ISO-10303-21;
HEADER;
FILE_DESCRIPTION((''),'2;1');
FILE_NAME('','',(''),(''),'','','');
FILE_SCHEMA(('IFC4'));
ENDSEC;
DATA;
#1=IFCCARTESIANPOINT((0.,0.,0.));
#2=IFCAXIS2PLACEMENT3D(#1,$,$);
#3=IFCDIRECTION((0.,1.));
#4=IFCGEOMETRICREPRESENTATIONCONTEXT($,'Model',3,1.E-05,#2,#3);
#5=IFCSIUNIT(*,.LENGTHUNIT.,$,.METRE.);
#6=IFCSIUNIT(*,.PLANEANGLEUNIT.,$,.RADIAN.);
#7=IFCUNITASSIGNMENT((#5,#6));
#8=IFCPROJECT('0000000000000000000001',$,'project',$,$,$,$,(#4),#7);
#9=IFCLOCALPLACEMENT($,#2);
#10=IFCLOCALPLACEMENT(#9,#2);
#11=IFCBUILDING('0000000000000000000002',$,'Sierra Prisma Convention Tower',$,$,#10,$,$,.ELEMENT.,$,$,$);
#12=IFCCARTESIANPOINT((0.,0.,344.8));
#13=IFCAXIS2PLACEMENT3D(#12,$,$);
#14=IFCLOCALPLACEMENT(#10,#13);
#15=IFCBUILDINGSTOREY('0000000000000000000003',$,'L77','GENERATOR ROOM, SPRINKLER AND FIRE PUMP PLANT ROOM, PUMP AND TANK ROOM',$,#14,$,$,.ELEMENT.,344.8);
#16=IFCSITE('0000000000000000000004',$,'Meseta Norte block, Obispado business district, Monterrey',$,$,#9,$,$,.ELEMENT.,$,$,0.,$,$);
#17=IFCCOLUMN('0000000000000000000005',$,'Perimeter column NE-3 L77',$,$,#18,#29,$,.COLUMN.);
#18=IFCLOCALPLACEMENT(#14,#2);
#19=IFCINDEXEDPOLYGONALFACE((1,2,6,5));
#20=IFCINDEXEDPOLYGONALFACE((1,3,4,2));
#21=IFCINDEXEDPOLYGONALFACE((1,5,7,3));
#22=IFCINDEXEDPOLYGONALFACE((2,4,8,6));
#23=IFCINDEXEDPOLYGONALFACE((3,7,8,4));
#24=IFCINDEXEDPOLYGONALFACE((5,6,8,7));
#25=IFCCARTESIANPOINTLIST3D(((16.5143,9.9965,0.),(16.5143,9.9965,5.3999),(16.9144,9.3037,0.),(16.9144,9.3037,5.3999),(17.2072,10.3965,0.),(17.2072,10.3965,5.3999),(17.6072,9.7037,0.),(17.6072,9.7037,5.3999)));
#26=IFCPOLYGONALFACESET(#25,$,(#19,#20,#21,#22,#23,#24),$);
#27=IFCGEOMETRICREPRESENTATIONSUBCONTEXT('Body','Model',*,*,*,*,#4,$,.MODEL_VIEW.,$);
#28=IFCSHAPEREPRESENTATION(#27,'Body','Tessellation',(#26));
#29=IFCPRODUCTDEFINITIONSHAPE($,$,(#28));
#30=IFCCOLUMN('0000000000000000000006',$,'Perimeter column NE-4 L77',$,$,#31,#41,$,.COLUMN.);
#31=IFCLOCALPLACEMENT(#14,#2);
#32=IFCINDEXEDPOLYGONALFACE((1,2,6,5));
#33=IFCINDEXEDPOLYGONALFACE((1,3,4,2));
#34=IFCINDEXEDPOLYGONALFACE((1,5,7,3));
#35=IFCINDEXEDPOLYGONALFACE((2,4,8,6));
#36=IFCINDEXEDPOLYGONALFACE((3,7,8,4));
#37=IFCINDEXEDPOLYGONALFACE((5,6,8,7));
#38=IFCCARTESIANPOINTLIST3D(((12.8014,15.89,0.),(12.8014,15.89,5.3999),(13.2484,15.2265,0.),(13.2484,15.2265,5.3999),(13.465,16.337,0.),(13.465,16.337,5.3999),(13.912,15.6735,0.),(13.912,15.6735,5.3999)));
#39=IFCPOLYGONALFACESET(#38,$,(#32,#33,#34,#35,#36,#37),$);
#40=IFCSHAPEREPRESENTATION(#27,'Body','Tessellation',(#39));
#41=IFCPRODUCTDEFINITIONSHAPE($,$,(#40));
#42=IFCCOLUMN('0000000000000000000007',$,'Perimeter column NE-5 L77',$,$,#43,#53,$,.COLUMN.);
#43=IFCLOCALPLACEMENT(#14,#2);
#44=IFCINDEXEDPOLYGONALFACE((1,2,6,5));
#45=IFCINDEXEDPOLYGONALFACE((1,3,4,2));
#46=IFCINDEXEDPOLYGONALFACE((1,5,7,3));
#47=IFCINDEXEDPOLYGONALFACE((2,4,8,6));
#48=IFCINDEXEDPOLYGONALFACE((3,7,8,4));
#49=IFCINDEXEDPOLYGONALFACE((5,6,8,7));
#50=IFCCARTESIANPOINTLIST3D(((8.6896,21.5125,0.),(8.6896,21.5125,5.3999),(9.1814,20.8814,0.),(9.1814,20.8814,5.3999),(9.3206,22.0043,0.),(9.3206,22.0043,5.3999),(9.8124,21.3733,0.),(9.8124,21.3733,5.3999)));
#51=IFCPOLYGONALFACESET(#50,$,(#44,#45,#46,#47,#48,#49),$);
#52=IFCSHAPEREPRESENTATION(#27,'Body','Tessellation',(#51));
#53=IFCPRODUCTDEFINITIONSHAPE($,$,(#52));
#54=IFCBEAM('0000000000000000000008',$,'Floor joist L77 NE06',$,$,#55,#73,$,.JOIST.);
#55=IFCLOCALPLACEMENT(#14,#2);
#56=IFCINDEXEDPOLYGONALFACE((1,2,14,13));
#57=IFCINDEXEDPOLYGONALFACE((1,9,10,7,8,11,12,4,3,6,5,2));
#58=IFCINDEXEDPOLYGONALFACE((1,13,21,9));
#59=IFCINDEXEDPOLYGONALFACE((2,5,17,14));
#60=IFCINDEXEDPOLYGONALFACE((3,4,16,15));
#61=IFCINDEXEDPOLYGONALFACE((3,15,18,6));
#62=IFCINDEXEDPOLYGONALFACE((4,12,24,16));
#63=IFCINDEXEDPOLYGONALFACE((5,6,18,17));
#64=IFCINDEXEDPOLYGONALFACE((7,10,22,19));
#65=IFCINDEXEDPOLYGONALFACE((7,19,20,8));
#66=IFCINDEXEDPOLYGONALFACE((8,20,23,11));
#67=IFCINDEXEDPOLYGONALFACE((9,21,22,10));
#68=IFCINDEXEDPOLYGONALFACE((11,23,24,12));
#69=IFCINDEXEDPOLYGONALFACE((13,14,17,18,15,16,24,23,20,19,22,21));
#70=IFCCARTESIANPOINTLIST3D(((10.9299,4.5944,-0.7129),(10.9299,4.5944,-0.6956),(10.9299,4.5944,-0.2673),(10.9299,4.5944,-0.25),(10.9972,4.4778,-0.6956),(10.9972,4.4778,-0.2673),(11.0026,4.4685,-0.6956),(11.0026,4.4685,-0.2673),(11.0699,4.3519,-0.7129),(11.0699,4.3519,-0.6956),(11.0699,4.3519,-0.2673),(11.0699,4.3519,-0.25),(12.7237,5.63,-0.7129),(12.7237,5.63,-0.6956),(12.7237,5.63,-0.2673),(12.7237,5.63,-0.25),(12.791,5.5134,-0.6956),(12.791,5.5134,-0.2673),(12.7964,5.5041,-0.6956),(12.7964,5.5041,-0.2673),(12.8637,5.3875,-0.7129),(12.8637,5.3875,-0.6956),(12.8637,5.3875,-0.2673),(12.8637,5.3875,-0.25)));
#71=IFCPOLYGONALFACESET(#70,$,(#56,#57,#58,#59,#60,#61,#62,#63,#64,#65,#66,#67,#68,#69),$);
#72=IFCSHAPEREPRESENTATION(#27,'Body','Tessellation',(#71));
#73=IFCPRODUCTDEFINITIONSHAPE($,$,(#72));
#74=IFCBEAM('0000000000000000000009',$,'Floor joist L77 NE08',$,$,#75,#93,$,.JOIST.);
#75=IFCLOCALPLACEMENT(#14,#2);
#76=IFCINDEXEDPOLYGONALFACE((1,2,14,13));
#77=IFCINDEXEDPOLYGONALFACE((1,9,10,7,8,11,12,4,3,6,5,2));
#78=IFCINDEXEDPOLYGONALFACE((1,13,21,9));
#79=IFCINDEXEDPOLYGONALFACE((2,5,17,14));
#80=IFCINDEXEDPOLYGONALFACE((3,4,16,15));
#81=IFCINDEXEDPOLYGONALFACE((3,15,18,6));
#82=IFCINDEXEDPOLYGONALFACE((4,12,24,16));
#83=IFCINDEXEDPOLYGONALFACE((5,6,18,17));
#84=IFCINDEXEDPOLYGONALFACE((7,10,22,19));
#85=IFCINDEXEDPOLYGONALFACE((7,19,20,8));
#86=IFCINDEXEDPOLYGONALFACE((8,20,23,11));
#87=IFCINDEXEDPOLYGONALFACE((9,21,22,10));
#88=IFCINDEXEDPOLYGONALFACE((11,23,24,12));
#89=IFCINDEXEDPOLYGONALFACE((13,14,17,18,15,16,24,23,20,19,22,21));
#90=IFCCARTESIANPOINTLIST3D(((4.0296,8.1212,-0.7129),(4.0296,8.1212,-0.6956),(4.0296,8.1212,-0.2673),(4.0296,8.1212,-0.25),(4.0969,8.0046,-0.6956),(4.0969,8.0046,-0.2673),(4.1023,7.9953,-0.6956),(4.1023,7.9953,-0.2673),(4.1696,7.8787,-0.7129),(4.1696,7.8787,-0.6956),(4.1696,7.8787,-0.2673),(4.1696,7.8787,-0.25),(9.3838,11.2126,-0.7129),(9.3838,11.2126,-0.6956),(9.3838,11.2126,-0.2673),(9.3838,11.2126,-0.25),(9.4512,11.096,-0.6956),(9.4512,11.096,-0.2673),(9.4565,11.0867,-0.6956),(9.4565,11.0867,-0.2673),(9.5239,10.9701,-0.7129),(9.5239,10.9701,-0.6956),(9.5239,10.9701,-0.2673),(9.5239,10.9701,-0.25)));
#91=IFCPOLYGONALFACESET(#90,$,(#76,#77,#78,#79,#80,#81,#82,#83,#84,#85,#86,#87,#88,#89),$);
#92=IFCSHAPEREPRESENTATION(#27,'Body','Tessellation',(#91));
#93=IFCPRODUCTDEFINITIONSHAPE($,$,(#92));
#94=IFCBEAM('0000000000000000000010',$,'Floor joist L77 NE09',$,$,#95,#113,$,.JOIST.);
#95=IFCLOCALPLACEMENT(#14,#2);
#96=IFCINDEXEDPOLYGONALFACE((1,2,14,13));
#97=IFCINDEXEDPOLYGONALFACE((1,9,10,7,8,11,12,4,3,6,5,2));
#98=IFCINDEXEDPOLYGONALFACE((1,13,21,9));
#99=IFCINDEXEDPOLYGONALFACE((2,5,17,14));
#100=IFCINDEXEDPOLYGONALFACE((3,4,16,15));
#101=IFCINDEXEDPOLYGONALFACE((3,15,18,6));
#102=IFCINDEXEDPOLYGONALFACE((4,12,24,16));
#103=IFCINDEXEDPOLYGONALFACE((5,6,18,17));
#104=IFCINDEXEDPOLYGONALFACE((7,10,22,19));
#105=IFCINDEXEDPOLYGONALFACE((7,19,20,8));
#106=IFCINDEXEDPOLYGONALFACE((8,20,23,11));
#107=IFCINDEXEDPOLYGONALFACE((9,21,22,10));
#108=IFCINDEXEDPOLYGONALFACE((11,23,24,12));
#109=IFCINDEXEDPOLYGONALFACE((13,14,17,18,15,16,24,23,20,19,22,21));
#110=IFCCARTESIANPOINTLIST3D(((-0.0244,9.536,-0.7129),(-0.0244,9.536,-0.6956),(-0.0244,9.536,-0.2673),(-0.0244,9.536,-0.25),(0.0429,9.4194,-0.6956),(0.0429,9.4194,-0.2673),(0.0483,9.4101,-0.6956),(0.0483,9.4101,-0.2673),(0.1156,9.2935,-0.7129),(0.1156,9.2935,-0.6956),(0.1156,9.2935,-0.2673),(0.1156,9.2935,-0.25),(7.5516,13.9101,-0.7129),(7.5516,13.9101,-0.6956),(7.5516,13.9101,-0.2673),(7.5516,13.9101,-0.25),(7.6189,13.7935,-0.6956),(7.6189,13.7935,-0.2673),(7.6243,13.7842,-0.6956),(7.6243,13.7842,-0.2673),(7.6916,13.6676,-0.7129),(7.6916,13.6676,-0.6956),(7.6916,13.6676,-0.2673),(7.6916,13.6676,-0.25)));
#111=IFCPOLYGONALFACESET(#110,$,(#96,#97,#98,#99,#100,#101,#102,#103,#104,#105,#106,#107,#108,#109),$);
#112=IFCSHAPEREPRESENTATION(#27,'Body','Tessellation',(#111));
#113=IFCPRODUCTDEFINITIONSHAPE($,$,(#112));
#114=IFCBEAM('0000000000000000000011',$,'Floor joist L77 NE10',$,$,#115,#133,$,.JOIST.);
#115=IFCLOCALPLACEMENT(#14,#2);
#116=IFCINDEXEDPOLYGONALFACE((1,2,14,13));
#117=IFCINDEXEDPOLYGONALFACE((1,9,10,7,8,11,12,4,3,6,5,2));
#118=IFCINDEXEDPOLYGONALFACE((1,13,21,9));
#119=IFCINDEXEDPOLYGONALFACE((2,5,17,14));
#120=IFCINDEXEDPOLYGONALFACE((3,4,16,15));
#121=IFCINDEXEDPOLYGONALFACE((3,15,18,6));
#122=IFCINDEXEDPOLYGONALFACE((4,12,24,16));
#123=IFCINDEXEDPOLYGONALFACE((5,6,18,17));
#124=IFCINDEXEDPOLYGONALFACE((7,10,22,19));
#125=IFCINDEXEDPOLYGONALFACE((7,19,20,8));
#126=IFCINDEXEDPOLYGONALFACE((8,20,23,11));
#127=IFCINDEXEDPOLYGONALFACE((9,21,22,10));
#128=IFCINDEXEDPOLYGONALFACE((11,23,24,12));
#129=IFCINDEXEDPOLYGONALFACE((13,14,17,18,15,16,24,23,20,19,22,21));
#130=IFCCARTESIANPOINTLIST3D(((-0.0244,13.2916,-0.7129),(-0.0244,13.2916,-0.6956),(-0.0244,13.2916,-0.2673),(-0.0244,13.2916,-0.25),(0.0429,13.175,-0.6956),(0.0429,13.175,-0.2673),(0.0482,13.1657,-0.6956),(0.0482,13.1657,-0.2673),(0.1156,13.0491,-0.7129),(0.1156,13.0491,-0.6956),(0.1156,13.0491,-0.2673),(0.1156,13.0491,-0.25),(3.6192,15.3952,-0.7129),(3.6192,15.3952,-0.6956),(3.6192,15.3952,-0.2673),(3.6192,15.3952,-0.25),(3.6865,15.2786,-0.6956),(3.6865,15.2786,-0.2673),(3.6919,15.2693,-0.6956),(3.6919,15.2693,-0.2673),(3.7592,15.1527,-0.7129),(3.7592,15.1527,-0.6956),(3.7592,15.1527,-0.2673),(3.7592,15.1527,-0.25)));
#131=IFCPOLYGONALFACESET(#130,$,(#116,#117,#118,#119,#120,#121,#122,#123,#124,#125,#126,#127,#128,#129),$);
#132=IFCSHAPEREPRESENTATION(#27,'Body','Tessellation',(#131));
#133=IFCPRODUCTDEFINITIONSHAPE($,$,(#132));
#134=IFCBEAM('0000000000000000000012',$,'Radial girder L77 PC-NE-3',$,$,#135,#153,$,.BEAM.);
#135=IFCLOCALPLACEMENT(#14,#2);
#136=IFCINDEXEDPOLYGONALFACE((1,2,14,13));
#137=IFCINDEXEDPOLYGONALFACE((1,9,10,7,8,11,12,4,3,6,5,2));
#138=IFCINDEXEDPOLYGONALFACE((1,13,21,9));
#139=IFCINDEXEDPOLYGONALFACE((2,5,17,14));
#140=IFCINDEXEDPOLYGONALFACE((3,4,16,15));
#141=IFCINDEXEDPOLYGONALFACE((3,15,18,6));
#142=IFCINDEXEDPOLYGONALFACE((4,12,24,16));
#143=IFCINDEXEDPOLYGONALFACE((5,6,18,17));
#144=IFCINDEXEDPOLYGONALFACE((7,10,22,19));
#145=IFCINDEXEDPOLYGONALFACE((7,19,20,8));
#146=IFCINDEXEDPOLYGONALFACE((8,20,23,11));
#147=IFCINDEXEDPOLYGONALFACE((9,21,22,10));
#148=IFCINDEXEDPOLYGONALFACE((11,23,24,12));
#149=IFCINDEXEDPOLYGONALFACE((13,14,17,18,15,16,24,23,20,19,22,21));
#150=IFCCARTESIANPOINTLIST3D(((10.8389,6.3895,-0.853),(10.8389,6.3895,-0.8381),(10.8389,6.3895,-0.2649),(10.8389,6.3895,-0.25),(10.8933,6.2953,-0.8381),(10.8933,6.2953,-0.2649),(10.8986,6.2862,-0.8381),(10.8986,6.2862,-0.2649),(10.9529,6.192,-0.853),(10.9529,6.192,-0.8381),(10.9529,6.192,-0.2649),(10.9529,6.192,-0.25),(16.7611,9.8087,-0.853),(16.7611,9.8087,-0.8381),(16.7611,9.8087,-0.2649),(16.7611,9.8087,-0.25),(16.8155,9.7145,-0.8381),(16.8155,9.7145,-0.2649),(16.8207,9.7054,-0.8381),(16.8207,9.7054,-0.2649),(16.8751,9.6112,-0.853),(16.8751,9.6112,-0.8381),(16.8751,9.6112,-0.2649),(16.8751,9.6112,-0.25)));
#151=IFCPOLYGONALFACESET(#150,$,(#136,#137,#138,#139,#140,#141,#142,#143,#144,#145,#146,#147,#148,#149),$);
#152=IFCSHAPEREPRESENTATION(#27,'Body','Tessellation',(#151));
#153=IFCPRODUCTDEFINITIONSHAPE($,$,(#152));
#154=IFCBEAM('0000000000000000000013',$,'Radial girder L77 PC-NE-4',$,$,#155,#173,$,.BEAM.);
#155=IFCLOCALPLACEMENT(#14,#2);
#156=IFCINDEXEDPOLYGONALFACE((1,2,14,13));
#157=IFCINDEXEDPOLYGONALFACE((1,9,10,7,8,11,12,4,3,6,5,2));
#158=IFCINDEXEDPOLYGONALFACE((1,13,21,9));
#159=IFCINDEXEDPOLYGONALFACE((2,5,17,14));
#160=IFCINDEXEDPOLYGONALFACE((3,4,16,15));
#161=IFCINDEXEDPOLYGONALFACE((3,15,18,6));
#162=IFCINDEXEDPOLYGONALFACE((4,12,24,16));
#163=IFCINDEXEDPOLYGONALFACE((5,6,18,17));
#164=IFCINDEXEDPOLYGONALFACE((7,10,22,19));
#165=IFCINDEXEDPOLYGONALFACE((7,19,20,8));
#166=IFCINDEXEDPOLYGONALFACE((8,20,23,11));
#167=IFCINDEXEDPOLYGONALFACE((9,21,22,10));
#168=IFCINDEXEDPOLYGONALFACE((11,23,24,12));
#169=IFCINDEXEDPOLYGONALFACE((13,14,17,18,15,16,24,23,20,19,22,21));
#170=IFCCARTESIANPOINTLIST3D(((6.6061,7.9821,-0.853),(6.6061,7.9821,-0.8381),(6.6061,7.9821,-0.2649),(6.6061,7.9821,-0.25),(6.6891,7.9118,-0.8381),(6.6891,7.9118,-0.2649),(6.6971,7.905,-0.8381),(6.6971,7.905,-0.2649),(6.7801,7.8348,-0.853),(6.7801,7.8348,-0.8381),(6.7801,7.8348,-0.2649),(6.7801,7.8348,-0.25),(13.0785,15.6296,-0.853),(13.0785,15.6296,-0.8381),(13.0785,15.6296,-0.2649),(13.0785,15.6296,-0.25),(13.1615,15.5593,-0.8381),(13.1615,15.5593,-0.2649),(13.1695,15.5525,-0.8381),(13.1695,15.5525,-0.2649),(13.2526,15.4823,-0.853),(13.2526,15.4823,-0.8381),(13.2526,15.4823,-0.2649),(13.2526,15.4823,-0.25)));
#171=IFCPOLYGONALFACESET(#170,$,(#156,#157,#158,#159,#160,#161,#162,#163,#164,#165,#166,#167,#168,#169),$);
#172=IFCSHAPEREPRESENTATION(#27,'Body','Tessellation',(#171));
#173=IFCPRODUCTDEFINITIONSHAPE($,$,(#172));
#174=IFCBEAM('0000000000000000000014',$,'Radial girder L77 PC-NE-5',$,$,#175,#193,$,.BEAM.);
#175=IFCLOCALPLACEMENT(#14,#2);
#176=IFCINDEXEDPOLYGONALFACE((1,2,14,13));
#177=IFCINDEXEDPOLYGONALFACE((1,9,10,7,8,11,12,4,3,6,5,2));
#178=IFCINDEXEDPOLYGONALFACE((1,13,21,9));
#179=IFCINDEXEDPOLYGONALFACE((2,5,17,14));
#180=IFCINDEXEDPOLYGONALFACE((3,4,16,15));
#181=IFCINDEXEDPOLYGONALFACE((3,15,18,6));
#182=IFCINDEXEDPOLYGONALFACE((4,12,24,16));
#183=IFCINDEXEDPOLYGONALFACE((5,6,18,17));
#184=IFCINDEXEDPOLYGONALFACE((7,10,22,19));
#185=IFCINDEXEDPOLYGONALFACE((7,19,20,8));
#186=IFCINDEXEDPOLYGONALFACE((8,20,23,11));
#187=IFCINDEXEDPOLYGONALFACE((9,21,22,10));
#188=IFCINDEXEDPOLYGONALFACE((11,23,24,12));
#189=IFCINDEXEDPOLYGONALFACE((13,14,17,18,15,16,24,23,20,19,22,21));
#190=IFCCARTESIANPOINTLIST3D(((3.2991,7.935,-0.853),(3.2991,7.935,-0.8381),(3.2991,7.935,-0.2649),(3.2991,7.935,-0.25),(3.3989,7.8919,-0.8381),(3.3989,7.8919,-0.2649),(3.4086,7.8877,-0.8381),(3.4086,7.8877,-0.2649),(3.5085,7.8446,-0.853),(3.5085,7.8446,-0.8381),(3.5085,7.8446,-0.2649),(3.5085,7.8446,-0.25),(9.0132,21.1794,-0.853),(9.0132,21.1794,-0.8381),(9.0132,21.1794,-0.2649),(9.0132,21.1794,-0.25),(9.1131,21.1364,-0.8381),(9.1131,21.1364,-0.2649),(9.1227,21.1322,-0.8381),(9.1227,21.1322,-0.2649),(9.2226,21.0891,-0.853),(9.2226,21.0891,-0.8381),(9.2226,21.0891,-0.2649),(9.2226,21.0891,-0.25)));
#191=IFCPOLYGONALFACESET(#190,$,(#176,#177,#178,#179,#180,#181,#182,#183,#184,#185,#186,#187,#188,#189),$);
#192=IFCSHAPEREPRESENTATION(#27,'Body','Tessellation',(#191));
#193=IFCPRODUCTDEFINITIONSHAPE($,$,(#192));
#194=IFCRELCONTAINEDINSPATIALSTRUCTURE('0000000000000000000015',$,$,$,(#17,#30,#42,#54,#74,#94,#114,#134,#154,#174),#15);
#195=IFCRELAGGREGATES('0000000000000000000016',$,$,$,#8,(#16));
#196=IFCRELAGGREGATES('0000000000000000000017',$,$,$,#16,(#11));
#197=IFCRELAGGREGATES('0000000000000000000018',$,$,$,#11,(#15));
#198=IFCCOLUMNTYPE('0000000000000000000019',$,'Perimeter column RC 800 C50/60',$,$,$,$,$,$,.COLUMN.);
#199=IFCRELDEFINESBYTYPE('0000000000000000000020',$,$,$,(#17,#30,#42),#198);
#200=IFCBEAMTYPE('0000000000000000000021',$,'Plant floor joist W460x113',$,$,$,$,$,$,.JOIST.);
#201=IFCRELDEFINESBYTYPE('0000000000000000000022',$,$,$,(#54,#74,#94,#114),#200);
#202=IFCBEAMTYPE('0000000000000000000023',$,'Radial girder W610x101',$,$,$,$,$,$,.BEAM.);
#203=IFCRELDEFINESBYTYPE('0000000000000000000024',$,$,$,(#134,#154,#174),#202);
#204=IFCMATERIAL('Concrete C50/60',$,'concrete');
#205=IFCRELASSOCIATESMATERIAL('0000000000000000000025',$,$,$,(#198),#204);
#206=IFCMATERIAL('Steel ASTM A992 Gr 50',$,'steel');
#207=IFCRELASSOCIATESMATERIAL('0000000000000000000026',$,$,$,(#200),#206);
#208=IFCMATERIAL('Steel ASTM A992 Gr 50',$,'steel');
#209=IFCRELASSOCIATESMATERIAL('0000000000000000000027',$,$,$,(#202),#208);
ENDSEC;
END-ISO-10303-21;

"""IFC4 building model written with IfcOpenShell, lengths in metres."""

from ifc_helpers import new_model, si_unit, direction, frame, origin, origin_2d, place, context, subcontext, project, spatial, rectangle, i_section, extrude, material, material_profile, profile_set, type_object, element, save


model = new_model("IFC4")

# Units and contexts
model_context = context("Model", 3, precision=1e-05, world=origin(), true_north=direction((0.0, 1.0)))
body_context = subcontext(model_context, "Body", "Model", "MODEL_VIEW")
ifc_project = project(units=[si_unit("LENGTHUNIT", "METRE"), si_unit("PLANEANGLEUNIT", "RADIAN")], contexts=[model_context])

# Site, building, storey
site_placement = place(None, origin())
site = spatial("IfcSite", under=ifc_project, at=site_placement, Name="Meseta Norte block, Obispado business district, Monterrey", CompositionType="ELEMENT", RefElevation=0.0)
building_placement = place(site_placement, origin())
building = spatial("IfcBuilding", under=site, at=building_placement, Name="Sierra Prisma Convention Tower", CompositionType="ELEMENT")
storey_placement = place(building_placement, frame((0.0, 0.0, 344.8)))
storey = spatial("IfcBuildingStorey", under=building, at=storey_placement, Name="L77", Description="GENERATOR ROOM, SPRINKLER AND FIRE PUMP PLANT ROOM, PUMP AND TANK ROOM", CompositionType="ELEMENT", Elevation=344.8)

# Columns
ifc_material_1 = material(Name="Concrete C50/60", Category="concrete")
ifc_material_profile_1 = material_profile(ifc_material_1, rectangle(XDim=0.8, YDim=0.8, at=origin_2d()), Name="Perimeter column RC 800 C50/60")
ifc_profile_set_1 = profile_set([ifc_material_profile_1], Name="Concrete C50/60")
column_type = type_object("IfcColumnType", Name="Perimeter column RC 800 C50/60", PredefinedType="COLUMN", material=ifc_profile_set_1)
for number, where, z_axis, x_axis, name in (
    (1, (17.0608, 9.8501, 0.0), (0.0, 0.0, 1.0), (-0.5, 0.866025, 0.0), "Perimeter column NE-3 L77"),
    (2, (13.3567, 15.7817, 0.0), (0.0, 0.0, 1.0), (-0.55871, 0.829363, 0.0), "Perimeter column NE-4 L77"),
    (3, (9.251, 21.4429, 0.0), (0.0, 0.0, 1.0), (-0.614744, 0.788727, 0.0), "Perimeter column NE-5 L77"),
):
    element("IfcColumn", number, at=place(storey_placement, frame(where, z_axis=z_axis, x_axis=x_axis)), inside=storey, type_object=column_type, Name=name, PredefinedType="COLUMN", context=body_context, shape_type="SweptSolid", body=[
        extrude(rectangle(XDim=0.8, YDim=0.8, at=origin_2d()), origin(), (0.0, 0.0, 1.0), 5.3999),
    ])

# Beams
ifc_material_2 = material(Name="Steel ASTM A992 Gr 50", Category="steel")
ifc_material_profile_2 = material_profile(ifc_material_2, i_section(OverallWidth=0.28, OverallDepth=0.4629, WebThickness=0.0107, FlangeThickness=0.0173, at=origin_2d()), Name="W460x113")
ifc_profile_set_2 = profile_set([ifc_material_profile_2], Name="Steel ASTM A992 Gr 50")
beam_type_1 = type_object("IfcBeamType", Name="Plant floor joist W460x113", PredefinedType="JOIST", material=ifc_profile_set_2)
beam_1_placement = place(storey_placement, frame((12.7937, 5.5088, -0.4814), z_axis=(-0.866015, -0.500018, 0.0), x_axis=(0.500018, -0.866015, 0.0)))
element("IfcBeam", 4, at=beam_1_placement, inside=storey, type_object=beam_type_1, Name="Floor joist L77 NE06", PredefinedType="JOIST", context=body_context, shape_type="SweptSolid", body=[
    extrude(i_section(OverallWidth=0.28, OverallDepth=0.4629, WebThickness=0.0107, FlangeThickness=0.0173, at=origin_2d()), origin(), (0.0, 0.0, 1.0), 2.0713),
])
beam_2_placement = place(storey_placement, frame((9.4539, 11.0913, -0.4814), z_axis=(-0.866023, -0.500004, 0.0), x_axis=(0.500004, -0.866023, 0.0)))
element("IfcBeam", 5, at=beam_2_placement, inside=storey, type_object=beam_type_1, Name="Floor joist L77 NE08", PredefinedType="JOIST", context=body_context, shape_type="SweptSolid", body=[
    extrude(i_section(OverallWidth=0.28, OverallDepth=0.4629, WebThickness=0.0107, FlangeThickness=0.0173, at=origin_2d()), origin(), (0.0, 0.0, 1.0), 6.1826),
])
beam_3_placement = place(storey_placement, frame((7.6216, 13.7888, -0.4814), z_axis=(-0.866022, -0.500005, 0.0), x_axis=(0.500005, -0.866022, 0.0)))
element("IfcBeam", 6, at=beam_3_placement, inside=storey, type_object=beam_type_1, Name="Floor joist L77 NE09", PredefinedType="JOIST", context=body_context, shape_type="SweptSolid", body=[
    extrude(i_section(OverallWidth=0.28, OverallDepth=0.4629, WebThickness=0.0107, FlangeThickness=0.0173, at=origin_2d()), origin(), (0.0, 0.0, 1.0), 8.748),
])
beam_4_placement = place(storey_placement, frame((3.6892, 15.2739, -0.4814), z_axis=(-0.866035, -0.499984, 0.0), x_axis=(0.499984, -0.866035, 0.0)))
element("IfcBeam", 7, at=beam_4_placement, inside=storey, type_object=beam_type_1, Name="Floor joist L77 NE10", PredefinedType="JOIST", context=body_context, shape_type="SweptSolid", body=[
    extrude(i_section(OverallWidth=0.28, OverallDepth=0.4629, WebThickness=0.0107, FlangeThickness=0.0173, at=origin_2d()), origin(), (0.0, 0.0, 1.0), 4.2073),
])
ifc_material_3 = material(Name="Steel ASTM A992 Gr 50", Category="steel")
ifc_material_profile_3 = material_profile(ifc_material_3, i_section(OverallWidth=0.228, OverallDepth=0.603, WebThickness=0.0105, FlangeThickness=0.0149, at=origin_2d()), Name="W610x101")
ifc_profile_set_3 = profile_set([ifc_material_profile_3], Name="Steel ASTM A992 Gr 50")
beam_type_2 = type_object("IfcBeamType", Name="Radial girder W610x101", PredefinedType="BEAM", material=ifc_profile_set_3)
beam_5_placement = place(storey_placement, frame((16.8181, 9.71, -0.5515), z_axis=(-0.866022, -0.500006, 0.0), x_axis=(0.500006, -0.866022, 0.0)))
element("IfcBeam", 8, at=beam_5_placement, inside=storey, type_object=beam_type_2, Name="Radial girder L77 PC-NE-3", PredefinedType="BEAM", context=body_context, shape_type="SweptSolid", body=[
    extrude(i_section(OverallWidth=0.228, OverallDepth=0.603, WebThickness=0.0105, FlangeThickness=0.0149, at=origin_2d()), origin(), (0.0, 0.0, 1.0), 6.8384),
])
beam_6_placement = place(storey_placement, frame((13.1655, 15.5559, -0.5515), z_axis=(-0.646029, -0.763313, 0.0), x_axis=(0.763313, -0.646029, 0.0)))
element("IfcBeam", 9, at=beam_6_placement, inside=storey, type_object=beam_type_2, Name="Radial girder L77 PC-NE-4", PredefinedType="BEAM", context=body_context, shape_type="SweptSolid", body=[
    extrude(i_section(OverallWidth=0.228, OverallDepth=0.603, WebThickness=0.0105, FlangeThickness=0.0149, at=origin_2d()), origin(), (0.0, 0.0, 1.0), 10.0188),
])
beam_7_placement = place(storey_placement, frame((9.1179, 21.1343, -0.5515), z_axis=(-0.396141, -0.91819, 0.0), x_axis=(0.91819, -0.396141, 0.0)))
element("IfcBeam", 10, at=beam_7_placement, inside=storey, type_object=beam_type_2, Name="Radial girder L77 PC-NE-5", PredefinedType="BEAM", context=body_context, shape_type="SweptSolid", body=[
    extrude(i_section(OverallWidth=0.228, OverallDepth=0.603, WebThickness=0.0105, FlangeThickness=0.0149, at=origin_2d()), origin(), (0.0, 0.0, 1.0), 14.4246),
])

save(model, "model.ifc")
